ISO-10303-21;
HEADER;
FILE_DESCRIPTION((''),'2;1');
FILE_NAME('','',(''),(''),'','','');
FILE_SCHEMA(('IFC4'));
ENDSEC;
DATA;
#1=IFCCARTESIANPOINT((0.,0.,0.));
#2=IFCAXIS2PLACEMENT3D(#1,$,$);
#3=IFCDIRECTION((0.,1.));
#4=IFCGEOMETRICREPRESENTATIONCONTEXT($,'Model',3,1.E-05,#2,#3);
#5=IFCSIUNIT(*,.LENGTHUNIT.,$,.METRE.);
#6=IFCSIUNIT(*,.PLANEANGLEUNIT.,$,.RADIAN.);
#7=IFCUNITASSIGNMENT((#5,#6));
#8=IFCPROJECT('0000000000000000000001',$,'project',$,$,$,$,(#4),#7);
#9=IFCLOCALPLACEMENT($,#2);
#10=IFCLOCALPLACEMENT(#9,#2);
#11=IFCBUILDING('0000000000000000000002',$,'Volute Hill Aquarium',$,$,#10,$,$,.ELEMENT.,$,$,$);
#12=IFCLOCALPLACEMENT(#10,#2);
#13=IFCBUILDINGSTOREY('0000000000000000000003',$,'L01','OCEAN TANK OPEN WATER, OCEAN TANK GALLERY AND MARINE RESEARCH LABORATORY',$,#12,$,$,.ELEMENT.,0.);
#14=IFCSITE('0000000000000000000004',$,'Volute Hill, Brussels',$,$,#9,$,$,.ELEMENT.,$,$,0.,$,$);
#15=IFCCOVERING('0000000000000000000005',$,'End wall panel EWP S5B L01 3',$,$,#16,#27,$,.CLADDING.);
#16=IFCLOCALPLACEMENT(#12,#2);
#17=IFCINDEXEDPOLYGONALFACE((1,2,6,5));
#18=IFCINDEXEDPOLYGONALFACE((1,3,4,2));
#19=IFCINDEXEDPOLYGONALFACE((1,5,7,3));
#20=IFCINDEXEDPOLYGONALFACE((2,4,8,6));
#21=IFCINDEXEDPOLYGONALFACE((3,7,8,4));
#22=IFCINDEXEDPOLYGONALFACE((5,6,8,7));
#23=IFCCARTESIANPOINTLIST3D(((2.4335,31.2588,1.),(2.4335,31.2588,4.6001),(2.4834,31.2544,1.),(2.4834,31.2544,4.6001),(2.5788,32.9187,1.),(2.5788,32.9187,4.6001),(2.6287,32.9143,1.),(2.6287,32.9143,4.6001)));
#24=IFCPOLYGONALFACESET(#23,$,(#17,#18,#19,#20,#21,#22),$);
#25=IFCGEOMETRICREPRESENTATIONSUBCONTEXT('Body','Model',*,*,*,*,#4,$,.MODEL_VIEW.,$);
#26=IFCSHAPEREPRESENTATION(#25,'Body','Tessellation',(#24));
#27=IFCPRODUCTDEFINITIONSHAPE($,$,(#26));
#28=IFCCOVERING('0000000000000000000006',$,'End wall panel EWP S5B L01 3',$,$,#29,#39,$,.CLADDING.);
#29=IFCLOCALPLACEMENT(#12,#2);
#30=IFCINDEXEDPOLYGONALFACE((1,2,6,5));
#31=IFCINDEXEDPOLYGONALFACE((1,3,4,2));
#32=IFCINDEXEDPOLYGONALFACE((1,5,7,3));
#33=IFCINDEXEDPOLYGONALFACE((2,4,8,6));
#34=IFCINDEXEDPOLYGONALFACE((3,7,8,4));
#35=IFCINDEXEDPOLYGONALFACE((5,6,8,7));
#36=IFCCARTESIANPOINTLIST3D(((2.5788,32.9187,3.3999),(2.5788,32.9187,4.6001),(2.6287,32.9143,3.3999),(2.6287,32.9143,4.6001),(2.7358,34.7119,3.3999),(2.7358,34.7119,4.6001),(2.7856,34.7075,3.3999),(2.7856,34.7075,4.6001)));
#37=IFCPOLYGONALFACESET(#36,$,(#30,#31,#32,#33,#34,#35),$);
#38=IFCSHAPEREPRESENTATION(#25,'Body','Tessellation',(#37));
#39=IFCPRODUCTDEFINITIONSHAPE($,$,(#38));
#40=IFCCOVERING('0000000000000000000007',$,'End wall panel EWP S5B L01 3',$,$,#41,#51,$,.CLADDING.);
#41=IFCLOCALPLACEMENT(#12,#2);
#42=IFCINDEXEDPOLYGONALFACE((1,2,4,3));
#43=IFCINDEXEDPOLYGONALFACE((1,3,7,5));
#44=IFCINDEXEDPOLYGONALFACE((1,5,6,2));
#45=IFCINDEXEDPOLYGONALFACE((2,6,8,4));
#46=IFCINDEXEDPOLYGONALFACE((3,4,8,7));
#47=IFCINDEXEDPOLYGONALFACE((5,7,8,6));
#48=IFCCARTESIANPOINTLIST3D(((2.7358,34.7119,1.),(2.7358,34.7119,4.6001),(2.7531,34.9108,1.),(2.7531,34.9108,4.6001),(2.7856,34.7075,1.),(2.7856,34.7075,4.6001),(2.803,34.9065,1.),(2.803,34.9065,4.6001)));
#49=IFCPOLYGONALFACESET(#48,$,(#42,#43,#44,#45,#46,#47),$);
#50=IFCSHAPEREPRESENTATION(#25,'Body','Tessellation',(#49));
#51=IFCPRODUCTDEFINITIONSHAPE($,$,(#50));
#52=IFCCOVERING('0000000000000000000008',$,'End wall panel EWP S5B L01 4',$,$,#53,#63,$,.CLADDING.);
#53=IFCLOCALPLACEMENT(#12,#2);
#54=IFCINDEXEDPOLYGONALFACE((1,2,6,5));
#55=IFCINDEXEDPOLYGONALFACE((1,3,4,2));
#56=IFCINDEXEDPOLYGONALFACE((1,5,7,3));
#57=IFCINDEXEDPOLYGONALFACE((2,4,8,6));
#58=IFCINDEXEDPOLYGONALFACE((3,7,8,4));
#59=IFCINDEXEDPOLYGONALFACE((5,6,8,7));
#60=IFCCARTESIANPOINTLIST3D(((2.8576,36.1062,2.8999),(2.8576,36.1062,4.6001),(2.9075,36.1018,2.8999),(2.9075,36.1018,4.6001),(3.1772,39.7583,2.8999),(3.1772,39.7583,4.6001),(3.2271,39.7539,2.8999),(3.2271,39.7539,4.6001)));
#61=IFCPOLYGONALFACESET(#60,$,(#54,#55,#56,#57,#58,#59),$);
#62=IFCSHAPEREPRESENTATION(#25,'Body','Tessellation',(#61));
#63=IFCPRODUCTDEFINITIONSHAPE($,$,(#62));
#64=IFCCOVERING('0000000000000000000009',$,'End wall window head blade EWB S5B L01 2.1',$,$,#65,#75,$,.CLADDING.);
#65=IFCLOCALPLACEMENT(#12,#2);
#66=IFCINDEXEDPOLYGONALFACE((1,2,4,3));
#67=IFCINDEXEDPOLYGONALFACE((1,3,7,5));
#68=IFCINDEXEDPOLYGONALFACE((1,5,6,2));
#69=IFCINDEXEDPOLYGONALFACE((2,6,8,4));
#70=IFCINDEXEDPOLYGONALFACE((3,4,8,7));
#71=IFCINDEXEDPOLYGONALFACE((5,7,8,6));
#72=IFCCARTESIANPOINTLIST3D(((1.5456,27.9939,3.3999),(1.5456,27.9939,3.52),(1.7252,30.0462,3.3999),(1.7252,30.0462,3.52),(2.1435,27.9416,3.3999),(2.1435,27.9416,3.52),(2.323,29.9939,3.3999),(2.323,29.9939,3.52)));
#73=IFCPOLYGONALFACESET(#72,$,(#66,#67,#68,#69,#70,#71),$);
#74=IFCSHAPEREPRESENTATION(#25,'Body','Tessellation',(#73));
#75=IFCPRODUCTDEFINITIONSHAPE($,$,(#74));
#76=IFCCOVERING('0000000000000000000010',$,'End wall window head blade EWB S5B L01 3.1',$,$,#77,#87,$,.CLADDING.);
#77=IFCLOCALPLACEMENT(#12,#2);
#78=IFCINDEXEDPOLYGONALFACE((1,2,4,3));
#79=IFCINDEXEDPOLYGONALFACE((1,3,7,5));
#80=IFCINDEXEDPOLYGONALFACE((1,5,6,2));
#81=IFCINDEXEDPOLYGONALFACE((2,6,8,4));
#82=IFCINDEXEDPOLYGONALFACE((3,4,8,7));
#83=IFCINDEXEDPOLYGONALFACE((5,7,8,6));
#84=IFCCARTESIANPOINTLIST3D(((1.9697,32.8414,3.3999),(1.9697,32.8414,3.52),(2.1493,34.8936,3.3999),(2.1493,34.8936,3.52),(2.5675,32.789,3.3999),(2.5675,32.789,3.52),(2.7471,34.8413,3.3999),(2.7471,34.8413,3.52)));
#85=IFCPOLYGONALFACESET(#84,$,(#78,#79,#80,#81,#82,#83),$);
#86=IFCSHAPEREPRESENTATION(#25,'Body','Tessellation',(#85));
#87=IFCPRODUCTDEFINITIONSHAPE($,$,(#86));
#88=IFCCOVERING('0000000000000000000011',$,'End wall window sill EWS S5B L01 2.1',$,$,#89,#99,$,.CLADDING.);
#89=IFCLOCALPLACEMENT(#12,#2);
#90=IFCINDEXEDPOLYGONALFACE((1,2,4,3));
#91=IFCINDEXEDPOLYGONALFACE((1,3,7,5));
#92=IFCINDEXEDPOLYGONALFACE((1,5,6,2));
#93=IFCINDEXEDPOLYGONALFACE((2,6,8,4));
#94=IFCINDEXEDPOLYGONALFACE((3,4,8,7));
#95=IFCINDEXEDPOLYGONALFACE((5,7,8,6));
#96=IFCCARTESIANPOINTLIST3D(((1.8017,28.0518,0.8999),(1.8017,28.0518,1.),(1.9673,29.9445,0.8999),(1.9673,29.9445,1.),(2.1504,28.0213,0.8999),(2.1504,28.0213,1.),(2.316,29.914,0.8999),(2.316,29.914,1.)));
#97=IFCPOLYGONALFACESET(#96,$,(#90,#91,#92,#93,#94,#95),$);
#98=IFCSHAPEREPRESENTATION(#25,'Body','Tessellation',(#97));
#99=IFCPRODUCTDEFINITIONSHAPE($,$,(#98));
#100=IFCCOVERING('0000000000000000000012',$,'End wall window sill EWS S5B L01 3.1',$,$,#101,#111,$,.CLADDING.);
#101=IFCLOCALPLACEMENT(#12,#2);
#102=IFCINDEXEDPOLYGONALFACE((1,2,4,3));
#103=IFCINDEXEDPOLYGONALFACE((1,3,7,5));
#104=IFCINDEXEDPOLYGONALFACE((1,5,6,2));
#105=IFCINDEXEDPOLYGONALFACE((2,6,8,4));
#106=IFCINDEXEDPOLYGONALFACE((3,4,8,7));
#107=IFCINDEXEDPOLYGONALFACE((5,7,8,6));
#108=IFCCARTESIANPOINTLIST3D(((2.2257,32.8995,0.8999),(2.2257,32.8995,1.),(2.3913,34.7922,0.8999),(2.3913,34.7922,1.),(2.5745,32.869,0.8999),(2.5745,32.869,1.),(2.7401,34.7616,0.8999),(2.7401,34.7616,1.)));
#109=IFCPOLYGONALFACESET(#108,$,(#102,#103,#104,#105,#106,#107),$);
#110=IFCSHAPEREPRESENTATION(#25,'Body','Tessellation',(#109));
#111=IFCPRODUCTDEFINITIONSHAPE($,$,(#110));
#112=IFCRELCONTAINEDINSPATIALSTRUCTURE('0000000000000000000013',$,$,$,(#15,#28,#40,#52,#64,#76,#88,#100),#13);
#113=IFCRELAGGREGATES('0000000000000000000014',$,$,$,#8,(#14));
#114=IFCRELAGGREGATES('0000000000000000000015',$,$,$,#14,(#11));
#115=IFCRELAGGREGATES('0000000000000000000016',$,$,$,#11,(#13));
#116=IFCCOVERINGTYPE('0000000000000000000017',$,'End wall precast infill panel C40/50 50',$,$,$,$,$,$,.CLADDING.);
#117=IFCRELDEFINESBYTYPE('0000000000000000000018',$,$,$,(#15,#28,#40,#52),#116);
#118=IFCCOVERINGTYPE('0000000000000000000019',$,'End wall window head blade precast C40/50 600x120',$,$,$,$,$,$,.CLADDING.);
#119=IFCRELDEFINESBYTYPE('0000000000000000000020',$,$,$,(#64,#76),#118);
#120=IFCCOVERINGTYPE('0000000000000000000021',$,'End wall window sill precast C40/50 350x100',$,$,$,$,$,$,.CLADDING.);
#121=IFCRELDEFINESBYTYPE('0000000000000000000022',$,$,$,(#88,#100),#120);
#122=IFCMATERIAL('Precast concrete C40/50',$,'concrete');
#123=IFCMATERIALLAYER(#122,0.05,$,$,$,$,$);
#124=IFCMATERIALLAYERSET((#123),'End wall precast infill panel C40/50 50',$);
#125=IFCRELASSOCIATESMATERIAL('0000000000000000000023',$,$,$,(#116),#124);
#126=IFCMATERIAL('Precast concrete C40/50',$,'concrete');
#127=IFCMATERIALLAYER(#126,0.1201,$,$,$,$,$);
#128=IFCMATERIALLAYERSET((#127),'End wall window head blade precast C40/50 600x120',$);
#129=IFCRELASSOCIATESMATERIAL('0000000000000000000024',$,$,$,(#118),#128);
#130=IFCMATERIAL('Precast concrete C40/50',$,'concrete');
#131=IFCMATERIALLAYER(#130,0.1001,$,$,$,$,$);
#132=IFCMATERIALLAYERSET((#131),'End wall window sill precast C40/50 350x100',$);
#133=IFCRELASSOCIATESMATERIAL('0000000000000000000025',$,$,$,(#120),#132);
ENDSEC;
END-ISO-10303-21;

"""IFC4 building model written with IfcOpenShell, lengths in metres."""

from ifc_helpers import new_model, si_unit, direction, frame, origin, origin_2d, place, context, subcontext, project, spatial, polyline, rectangle, outline, extrude, material, layer, layer_set, type_object, element, save


model = new_model("IFC4")

# Units and contexts
model_context = context("Model", 3, precision=1e-05, world=origin(), true_north=direction((0.0, 1.0)))
body_context = subcontext(model_context, "Body", "Model", "MODEL_VIEW")
ifc_project = project(units=[si_unit("LENGTHUNIT", "METRE"), si_unit("PLANEANGLEUNIT", "RADIAN")], contexts=[model_context])

# Site, building, storey
site_placement = place(None, origin())
site = spatial("IfcSite", under=ifc_project, at=site_placement, Name="Volute Hill, Brussels", CompositionType="ELEMENT", RefElevation=0.0)
building_placement = place(site_placement, origin())
building = spatial("IfcBuilding", under=site, at=building_placement, Name="Volute Hill Aquarium", CompositionType="ELEMENT")
storey_placement = place(building_placement, origin())
storey = spatial("IfcBuildingStorey", under=building, at=storey_placement, Name="L01", Description="OCEAN TANK OPEN WATER, OCEAN TANK GALLERY AND MARINE RESEARCH LABORATORY", CompositionType="ELEMENT", Elevation=0.0)

# Coverings
ifc_material_1 = material(Name="Precast concrete C40/50", Category="concrete")
ifc_layer_1 = layer(ifc_material_1, 0.05)
ifc_layer_set_1 = layer_set([ifc_layer_1], Name="End wall precast infill panel C40/50 50")
covering_type_1 = type_object("IfcCoveringType", Name="End wall precast infill panel C40/50 50", PredefinedType="CLADDING", material=ifc_layer_set_1)
covering_1_placement = place(storey_placement, frame((2.4834, 31.2544, 1.0), z_axis=(0.996193, -0.08718, 0.0), x_axis=(0.08718, 0.996193, 0.0)))
element("IfcCovering", 1, at=covering_1_placement, inside=storey, type_object=covering_type_1, Name="End wall panel EWP S5B L01 3", PredefinedType="CLADDING", context=body_context, shape_type="SweptSolid", body=[
    extrude(outline(polyline([(0.0, 0.0), (1.6663, 0.0), (1.6663, 3.6001), (0.0, 3.6001), (0.0, 0.0)])), origin(), (0.0, 0.0, -1.0), 0.05),
])
covering_2_placement = place(storey_placement, frame((2.6287, 32.9143, 3.3999), z_axis=(0.99619, -0.087209, 0.0), x_axis=(0.087209, 0.99619, 0.0)))
element("IfcCovering", 2, at=covering_2_placement, inside=storey, type_object=covering_type_1, Name="End wall panel EWP S5B L01 3", PredefinedType="CLADDING", context=body_context, shape_type="SweptSolid", body=[
    extrude(outline(polyline([(0.0, 0.0), (1.8001, 0.0), (1.8001, 1.2002), (0.0, 1.2002), (0.0, 0.0)])), origin(), (0.0, 0.0, -1.0), 0.05),
])
covering_3_placement = place(storey_placement, frame((2.7856, 34.7075, 1.0), z_axis=(0.996227, -0.086788, 0.0), x_axis=(0.086788, 0.996227, 0.0)))
element("IfcCovering", 3, at=covering_3_placement, inside=storey, type_object=covering_type_1, Name="End wall panel EWP S5B L01 3", PredefinedType="CLADDING", context=body_context, shape_type="SweptSolid", body=[
    extrude(outline(polyline([(0.0, 0.0), (0.1997, 0.0), (0.1997, 3.6001), (0.0, 3.6001), (0.0, 0.0)])), origin(), (0.0, 0.0, -1.0), 0.05),
])
covering_4_placement = place(storey_placement, frame((2.9075, 36.1018, 2.8999), z_axis=(0.996193, -0.087173, 0.0), x_axis=(0.087173, 0.996193, 0.0)))
element("IfcCovering", 4, at=covering_4_placement, inside=storey, type_object=covering_type_1, Name="End wall panel EWP S5B L01 4", PredefinedType="CLADDING", context=body_context, shape_type="SweptSolid", body=[
    extrude(outline(polyline([(0.0, 0.0), (3.6661, 0.0), (3.6661, 1.7002), (0.0, 1.7002), (0.0, 0.0)])), origin(), (0.0, 0.0, -1.0), 0.05),
])
ifc_material_2 = material(Name="Precast concrete C40/50", Category="concrete")
ifc_layer_2 = layer(ifc_material_2, 0.1201)
ifc_layer_set_2 = layer_set([ifc_layer_2], Name="End wall window head blade precast C40/50 600x120")
covering_type_2 = type_object("IfcCoveringType", Name="End wall window head blade precast C40/50 600x120", PredefinedType="CLADDING", material=ifc_layer_set_2)
for number, where, z_axis, x_axis, name in (
    (5, (1.9343, 28.9939, 3.3999), (0.0, 0.0, 1.0), (0.087157, 0.996195, 0.0), "End wall window head blade EWB S5B L01 2.1"),
    (6, (2.3584, 33.8413, 3.3999), (0.0, 0.0, 1.0), (0.087157, 0.996195, 0.0), "End wall window head blade EWB S5B L01 3.1"),
):
    element("IfcCovering", number, at=place(storey_placement, frame(where, z_axis=z_axis, x_axis=x_axis)), inside=storey, type_object=covering_type_2, Name=name, PredefinedType="CLADDING", context=body_context, shape_type="SweptSolid", body=[
        extrude(rectangle(XDim=2.0601, YDim=0.6001, at=origin_2d()), origin(), (0.0, 0.0, 1.0), 0.1201),
    ])
ifc_material_3 = material(Name="Precast concrete C40/50", Category="concrete")
ifc_layer_3 = layer(ifc_material_3, 0.1001)
ifc_layer_set_3 = layer_set([ifc_layer_3], Name="End wall window sill precast C40/50 350x100")
covering_type_3 = type_object("IfcCoveringType", Name="End wall window sill precast C40/50 350x100", PredefinedType="CLADDING", material=ifc_layer_set_3)
for number, where, z_axis, x_axis, name in (
    (7, (2.0588, 28.9829, 0.8999), (0.0, 0.0, 1.0), (0.087157, 0.996195, 0.0), "End wall window sill EWS S5B L01 2.1"),
    (8, (2.4829, 33.8306, 0.8999), (0.0, 0.0, 1.0), (0.087157, 0.996195, 0.0), "End wall window sill EWS S5B L01 3.1"),
):
    element("IfcCovering", number, at=place(storey_placement, frame(where, z_axis=z_axis, x_axis=x_axis)), inside=storey, type_object=covering_type_3, Name=name, PredefinedType="CLADDING", context=body_context, shape_type="SweptSolid", body=[
        extrude(rectangle(XDim=1.8999, YDim=0.3501, at=origin_2d()), origin(), (0.0, 0.0, 1.0), 0.1001),
    ])

save(model, "model.ifc")
